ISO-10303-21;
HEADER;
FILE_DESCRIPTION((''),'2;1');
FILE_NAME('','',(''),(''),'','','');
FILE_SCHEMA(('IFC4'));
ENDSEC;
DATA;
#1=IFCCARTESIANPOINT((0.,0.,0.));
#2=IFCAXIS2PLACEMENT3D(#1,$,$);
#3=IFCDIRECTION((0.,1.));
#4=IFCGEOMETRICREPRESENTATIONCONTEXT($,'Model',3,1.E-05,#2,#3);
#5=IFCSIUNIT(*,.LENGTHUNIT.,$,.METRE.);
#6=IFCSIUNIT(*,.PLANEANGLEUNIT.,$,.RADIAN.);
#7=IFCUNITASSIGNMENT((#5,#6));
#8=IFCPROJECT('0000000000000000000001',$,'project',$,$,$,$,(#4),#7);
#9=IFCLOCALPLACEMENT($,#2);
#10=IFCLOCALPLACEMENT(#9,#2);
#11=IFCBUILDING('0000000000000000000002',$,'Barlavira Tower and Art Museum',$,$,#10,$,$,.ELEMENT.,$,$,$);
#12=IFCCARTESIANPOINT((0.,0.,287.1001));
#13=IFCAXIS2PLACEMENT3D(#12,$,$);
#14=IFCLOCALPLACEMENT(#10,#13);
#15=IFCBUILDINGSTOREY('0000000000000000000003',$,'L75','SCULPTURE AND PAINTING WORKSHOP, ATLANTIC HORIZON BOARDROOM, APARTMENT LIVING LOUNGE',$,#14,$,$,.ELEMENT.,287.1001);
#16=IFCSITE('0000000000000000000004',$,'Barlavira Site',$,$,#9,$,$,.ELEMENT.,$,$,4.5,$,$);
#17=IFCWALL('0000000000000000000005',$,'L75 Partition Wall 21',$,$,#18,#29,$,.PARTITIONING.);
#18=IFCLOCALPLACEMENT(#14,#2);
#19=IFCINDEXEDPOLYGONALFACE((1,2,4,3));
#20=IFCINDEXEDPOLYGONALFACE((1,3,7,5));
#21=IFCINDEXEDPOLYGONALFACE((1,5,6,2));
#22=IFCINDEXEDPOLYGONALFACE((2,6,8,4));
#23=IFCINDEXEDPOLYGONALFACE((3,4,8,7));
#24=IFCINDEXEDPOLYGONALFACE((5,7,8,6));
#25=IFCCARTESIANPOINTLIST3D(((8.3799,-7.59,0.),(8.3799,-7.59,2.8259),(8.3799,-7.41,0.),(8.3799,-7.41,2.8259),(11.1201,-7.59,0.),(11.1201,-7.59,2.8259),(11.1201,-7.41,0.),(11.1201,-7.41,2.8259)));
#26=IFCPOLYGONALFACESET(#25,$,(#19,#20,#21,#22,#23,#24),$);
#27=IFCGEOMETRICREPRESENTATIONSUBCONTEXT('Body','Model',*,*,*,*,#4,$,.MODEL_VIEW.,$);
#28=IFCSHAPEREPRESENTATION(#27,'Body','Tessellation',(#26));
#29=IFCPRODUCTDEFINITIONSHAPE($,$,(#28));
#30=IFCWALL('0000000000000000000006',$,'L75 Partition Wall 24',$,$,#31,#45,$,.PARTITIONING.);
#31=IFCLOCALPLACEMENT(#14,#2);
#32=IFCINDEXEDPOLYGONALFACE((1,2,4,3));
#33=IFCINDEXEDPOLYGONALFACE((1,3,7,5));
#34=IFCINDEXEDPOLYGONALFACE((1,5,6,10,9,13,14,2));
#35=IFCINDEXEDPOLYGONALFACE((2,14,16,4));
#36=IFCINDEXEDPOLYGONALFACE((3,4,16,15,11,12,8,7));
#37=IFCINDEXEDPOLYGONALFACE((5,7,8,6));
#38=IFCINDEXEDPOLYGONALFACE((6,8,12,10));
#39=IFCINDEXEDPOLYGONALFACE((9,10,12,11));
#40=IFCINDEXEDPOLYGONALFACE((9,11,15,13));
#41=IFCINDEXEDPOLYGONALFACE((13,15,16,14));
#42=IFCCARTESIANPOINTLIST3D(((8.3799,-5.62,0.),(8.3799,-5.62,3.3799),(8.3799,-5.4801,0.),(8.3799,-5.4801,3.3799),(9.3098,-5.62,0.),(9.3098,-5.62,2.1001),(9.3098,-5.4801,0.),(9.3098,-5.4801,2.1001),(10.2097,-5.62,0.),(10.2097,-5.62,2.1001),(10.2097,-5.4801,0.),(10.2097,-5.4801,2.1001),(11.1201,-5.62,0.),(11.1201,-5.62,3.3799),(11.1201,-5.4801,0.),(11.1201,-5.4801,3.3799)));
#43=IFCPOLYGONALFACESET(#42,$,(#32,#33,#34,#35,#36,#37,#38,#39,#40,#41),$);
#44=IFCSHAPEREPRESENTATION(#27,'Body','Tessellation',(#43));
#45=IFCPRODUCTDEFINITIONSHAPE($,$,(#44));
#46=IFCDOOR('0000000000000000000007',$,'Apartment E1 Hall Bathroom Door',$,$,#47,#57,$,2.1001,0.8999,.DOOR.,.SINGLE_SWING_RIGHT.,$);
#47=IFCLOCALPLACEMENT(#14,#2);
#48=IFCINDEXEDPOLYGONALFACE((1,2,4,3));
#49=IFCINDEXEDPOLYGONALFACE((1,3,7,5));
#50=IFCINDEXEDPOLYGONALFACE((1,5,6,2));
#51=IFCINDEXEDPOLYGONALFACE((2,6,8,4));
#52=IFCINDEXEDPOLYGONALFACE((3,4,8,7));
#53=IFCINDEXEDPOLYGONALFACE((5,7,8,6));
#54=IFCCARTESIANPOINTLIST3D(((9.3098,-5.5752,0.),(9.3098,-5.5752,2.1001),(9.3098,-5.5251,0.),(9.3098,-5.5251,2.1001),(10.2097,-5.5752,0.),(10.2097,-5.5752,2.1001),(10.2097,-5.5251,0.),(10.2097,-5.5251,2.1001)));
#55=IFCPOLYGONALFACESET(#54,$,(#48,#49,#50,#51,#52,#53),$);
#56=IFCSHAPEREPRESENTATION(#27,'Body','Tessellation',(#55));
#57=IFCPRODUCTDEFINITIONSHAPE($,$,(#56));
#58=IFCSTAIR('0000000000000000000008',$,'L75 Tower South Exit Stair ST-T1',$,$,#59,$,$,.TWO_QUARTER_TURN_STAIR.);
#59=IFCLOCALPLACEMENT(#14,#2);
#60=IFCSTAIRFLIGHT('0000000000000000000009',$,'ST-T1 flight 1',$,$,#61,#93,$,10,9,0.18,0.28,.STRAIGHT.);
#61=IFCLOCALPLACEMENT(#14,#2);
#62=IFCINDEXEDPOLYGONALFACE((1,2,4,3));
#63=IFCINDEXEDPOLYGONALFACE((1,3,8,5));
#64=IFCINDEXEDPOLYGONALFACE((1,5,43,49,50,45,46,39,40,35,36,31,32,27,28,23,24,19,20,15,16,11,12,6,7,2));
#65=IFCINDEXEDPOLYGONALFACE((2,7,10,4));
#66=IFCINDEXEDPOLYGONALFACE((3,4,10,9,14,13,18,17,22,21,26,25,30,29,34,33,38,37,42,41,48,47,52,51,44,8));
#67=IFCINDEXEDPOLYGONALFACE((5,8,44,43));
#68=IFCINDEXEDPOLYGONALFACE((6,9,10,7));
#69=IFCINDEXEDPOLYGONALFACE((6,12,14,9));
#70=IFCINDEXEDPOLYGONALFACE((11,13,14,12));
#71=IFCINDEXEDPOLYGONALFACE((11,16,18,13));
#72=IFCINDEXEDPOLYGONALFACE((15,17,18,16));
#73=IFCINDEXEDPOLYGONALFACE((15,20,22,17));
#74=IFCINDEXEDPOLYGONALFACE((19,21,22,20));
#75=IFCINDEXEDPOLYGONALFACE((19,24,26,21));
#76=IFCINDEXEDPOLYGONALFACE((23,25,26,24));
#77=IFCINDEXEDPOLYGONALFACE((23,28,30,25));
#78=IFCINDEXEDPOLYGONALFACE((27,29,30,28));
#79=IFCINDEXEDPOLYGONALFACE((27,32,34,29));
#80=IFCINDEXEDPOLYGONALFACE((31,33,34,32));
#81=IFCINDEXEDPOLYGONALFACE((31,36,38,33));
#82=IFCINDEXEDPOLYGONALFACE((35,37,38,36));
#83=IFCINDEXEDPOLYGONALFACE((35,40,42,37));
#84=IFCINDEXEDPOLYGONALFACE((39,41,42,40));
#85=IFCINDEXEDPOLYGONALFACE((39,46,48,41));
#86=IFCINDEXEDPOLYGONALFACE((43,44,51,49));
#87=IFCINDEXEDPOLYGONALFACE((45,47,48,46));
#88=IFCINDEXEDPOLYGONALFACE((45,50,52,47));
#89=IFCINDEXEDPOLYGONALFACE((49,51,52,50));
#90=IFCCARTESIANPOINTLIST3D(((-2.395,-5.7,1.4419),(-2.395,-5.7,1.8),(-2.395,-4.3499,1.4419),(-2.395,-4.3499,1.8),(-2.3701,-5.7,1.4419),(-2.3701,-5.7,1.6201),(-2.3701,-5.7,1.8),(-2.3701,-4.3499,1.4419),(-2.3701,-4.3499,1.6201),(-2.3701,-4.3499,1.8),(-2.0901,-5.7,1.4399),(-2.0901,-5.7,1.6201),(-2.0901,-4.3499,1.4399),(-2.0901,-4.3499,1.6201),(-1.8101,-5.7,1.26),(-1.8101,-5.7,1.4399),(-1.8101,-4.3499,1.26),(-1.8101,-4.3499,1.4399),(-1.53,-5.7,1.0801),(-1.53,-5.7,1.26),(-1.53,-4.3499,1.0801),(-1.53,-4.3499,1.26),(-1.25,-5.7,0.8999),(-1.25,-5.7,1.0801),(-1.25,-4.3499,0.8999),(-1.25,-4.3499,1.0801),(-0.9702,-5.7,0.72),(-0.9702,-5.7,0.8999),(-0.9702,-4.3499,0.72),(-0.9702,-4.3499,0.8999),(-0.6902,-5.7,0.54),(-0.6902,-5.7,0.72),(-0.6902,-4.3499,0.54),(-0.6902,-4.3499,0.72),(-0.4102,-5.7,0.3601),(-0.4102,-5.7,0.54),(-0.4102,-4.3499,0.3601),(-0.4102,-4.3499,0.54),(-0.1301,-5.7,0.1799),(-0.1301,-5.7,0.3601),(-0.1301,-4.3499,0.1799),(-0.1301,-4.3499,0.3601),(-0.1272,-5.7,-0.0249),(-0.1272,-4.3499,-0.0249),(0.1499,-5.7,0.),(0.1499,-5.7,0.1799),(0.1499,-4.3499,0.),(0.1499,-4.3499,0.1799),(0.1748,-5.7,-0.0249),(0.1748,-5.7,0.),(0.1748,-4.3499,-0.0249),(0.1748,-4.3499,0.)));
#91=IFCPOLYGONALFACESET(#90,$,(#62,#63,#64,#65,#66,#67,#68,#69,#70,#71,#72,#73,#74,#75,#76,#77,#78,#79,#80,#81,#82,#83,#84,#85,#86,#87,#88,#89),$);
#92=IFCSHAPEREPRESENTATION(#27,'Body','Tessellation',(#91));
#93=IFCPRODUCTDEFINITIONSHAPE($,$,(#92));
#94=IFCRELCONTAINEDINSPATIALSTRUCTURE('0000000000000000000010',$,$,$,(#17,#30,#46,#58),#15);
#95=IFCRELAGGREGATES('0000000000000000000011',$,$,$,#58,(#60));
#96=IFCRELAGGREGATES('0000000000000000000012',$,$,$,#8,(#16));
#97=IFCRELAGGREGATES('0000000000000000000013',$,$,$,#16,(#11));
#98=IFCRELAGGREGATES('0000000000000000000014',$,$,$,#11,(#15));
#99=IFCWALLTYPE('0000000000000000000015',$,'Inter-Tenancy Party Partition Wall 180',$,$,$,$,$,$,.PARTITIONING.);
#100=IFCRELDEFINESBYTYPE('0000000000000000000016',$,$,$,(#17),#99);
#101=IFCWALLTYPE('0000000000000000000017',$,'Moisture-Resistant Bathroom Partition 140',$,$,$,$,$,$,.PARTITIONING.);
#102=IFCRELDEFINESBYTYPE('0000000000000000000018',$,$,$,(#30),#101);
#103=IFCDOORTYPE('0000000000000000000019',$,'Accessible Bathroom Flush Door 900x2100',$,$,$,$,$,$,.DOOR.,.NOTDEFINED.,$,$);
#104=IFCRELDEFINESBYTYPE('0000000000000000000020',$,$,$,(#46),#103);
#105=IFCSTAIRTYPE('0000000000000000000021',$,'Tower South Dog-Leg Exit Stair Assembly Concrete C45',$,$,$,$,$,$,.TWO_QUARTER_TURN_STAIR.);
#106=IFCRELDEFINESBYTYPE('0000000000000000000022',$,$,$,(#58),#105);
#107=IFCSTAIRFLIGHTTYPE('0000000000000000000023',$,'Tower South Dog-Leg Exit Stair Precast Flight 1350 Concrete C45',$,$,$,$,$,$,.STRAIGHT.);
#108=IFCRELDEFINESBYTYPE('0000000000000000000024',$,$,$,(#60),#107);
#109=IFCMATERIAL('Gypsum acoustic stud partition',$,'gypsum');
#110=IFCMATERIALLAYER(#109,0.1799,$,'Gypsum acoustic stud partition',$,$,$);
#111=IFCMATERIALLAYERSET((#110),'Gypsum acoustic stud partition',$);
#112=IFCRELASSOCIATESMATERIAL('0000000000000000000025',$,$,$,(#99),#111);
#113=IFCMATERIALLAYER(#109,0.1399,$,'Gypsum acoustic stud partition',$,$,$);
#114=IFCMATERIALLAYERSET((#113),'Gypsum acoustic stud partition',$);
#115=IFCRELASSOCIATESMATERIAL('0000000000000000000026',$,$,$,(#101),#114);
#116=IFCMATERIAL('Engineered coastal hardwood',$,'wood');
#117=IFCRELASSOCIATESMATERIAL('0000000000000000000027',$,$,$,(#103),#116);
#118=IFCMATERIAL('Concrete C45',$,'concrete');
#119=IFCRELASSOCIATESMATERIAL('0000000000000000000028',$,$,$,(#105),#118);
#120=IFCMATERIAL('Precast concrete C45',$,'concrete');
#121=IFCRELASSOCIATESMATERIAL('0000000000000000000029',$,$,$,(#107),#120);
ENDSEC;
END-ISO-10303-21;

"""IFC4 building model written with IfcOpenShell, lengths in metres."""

from ifc_helpers import new_model, si_unit, direction, frame, frame_2d, origin, place, context, subcontext, project, spatial, polyline, rectangle, outline, extrude, material, layer, layer_set, type_object, element, fill, aggregate, save


model = new_model("IFC4")

# Units and contexts
model_context = context("Model", 3, precision=1e-05, world=origin(), true_north=direction((0.0, 1.0)))
body_context = subcontext(model_context, "Body", "Model", "MODEL_VIEW")
ifc_project = project(units=[si_unit("LENGTHUNIT", "METRE"), si_unit("PLANEANGLEUNIT", "RADIAN")], contexts=[model_context])

# Site, building, storey
site_placement = place(None, origin())
site = spatial("IfcSite", under=ifc_project, at=site_placement, Name="Barlavira Site", CompositionType="ELEMENT", RefElevation=4.5)
building_placement = place(site_placement, origin())
building = spatial("IfcBuilding", under=site, at=building_placement, Name="Barlavira Tower and Art Museum", CompositionType="ELEMENT")
storey_placement = place(building_placement, frame((0.0, 0.0, 287.1001)))
storey = spatial("IfcBuildingStorey", under=building, at=storey_placement, Name="L75", Description="SCULPTURE AND PAINTING WORKSHOP, ATLANTIC HORIZON BOARDROOM, APARTMENT LIVING LOUNGE", CompositionType="ELEMENT", Elevation=287.1001)

# Shared definitions
ifc_material_1 = material(Name="Gypsum acoustic stud partition", Category="gypsum")
ifc_material_2 = material(Name="Engineered coastal hardwood", Category="wood")

# Shared definitions
ifc_layer_1 = layer(ifc_material_1, 0.1799, Name="Gypsum acoustic stud partition")
ifc_layer_set_1 = layer_set([ifc_layer_1], Name="Gypsum acoustic stud partition")
wall_type_1 = type_object("IfcWallType", Name="Inter-Tenancy Party Partition Wall 180", PredefinedType="PARTITIONING", material=ifc_layer_set_1)

# Wall
wall_1_placement = place(storey_placement, frame((8.3799, -7.5, 0.0), z_axis=(0.0, 0.0, 1.0), x_axis=(1.0, 0.0, 0.0)))
element("IfcWall", 1, at=wall_1_placement, inside=storey, type_object=wall_type_1, Name="L75 Partition Wall 21", PredefinedType="PARTITIONING", context=body_context, shape_type="SweptSolid", body=[
    extrude(rectangle(XDim=2.7402, YDim=0.1799, at=frame_2d((1.3701, 0.0))), origin(), (0.0, 0.0, 1.0), 2.8259),
])

# Wall, opening, door
ifc_layer_2 = layer(ifc_material_1, 0.1399, Name="Gypsum acoustic stud partition")
ifc_layer_set_2 = layer_set([ifc_layer_2], Name="Gypsum acoustic stud partition")
wall_type_2 = type_object("IfcWallType", Name="Moisture-Resistant Bathroom Partition 140", PredefinedType="PARTITIONING", material=ifc_layer_set_2)
wall_2_placement = place(storey_placement, frame((8.3799, -5.55, 0.0), z_axis=(0.0, 0.0, 1.0), x_axis=(1.0, 0.0, 0.0)))
wall_2 = element("IfcWall", 2, at=wall_2_placement, inside=storey, type_object=wall_type_2, Name="L75 Partition Wall 24", PredefinedType="PARTITIONING", context=body_context, shape_type="SweptSolid", body=[
    extrude(rectangle(XDim=2.7402, YDim=0.1399, at=frame_2d((1.3701, 0.0))), origin(), (0.0, 0.0, 1.0), 3.3799),
])
opening_1_placement = place(wall_2_placement, frame((0.9299, 0.0, 0.0)))
opening_1 = element("IfcOpeningElement", 3, at=opening_1_placement, cuts=wall_2, PredefinedType="OPENING", context=body_context, shape_type="SweptSolid", body=[
    extrude(rectangle(XDim=0.8999, YDim=2.1001, at=frame_2d((0.45, 1.05))), frame((0.0, 0.0801, 0.0), z_axis=(0.0, -1.0, 0.0), x_axis=(1.0, 0.0, 0.0)), (0.0, 0.0, 1.0), 0.1599),
])
door_type_1 = type_object("IfcDoorType", Name="Accessible Bathroom Flush Door 900x2100", OperationType="NOTDEFINED", PredefinedType="DOOR", material=ifc_material_2)
door_1_placement = place(opening_1_placement, origin())
door_1 = element("IfcDoor", 4, at=door_1_placement, inside=storey, type_object=door_type_1, Name="Apartment E1 Hall Bathroom Door", OperationType="SINGLE_SWING_RIGHT", OverallHeight=2.1001, OverallWidth=0.8999, PredefinedType="DOOR", context=body_context, shape_type="SweptSolid", body=[
    extrude(rectangle(XDim=0.8999, YDim=2.1001, at=frame_2d((0.45, 1.05))), frame((0.0, 0.0249, 0.0), z_axis=(0.0, -1.0, 0.0), x_axis=(1.0, 0.0, 0.0)), (0.0, 0.0, 1.0), 0.05),
])
fill(opening_1, door_1)

# Stair, stair flight
ifc_material_3 = material(Name="Concrete C45", Category="concrete")
stair_type = type_object("IfcStairType", Name="Tower South Dog-Leg Exit Stair Assembly Concrete C45", PredefinedType="TWO_QUARTER_TURN_STAIR", material=ifc_material_3)
stair_placement = place(storey_placement, origin())
stair = element("IfcStair", 5, at=stair_placement, inside=storey, type_object=stair_type, Name="L75 Tower South Exit Stair ST-T1", PredefinedType="TWO_QUARTER_TURN_STAIR")
ifc_material_4 = material(Name="Precast concrete C45", Category="concrete")
stair_flight_type = type_object("IfcStairFlightType", Name="Tower South Dog-Leg Exit Stair Precast Flight 1350 Concrete C45", PredefinedType="STRAIGHT", material=ifc_material_4)
stair_flight_placement = place(storey_placement, frame((0.1499, -5.0249, 0.0), z_axis=(0.0, 0.0, 1.0), x_axis=(-1.0, 0.0, 0.0)))
stair_flight = element("IfcStairFlight", 6, at=stair_flight_placement, type_object=stair_flight_type, Name="ST-T1 flight 1", NumberOfRisers=10, NumberOfTreads=9, PredefinedType="STRAIGHT", RiserHeight=0.18, TreadLength=0.28, context=body_context, shape_type="SweptSolid", body=[
    extrude(outline(polyline([(-0.0249, 0.0), (0.0, 0.0), (0.0, 0.1799), (0.28, 0.1799), (0.28, 0.3601), (0.5601, 0.3601), (0.5601, 0.54), (0.8401, 0.54), (0.8401, 0.72), (1.1201, 0.72), (1.1201, 0.8999), (1.3999, 0.8999), (1.3999, 1.0801), (1.6799, 1.0801), (1.6799, 1.26), (1.96, 1.26), (1.96, 1.4399), (2.24, 1.4399), (2.24, 1.6201), (2.52, 1.6201), (2.52, 1.8), (2.5449, 1.8), (2.5449, 1.4419), (2.52, 1.4419), (0.2771, -0.0249), (-0.0249, -0.0249), (-0.0249, 0.0)])), frame((0.0, 0.675, 0.0), z_axis=(0.0, -1.0, 0.0), x_axis=(1.0, 0.0, 0.0)), (0.0, 0.0, 1.0), 1.3501),
])
aggregate(stair, [stair_flight])

save(model, "model.ifc")
